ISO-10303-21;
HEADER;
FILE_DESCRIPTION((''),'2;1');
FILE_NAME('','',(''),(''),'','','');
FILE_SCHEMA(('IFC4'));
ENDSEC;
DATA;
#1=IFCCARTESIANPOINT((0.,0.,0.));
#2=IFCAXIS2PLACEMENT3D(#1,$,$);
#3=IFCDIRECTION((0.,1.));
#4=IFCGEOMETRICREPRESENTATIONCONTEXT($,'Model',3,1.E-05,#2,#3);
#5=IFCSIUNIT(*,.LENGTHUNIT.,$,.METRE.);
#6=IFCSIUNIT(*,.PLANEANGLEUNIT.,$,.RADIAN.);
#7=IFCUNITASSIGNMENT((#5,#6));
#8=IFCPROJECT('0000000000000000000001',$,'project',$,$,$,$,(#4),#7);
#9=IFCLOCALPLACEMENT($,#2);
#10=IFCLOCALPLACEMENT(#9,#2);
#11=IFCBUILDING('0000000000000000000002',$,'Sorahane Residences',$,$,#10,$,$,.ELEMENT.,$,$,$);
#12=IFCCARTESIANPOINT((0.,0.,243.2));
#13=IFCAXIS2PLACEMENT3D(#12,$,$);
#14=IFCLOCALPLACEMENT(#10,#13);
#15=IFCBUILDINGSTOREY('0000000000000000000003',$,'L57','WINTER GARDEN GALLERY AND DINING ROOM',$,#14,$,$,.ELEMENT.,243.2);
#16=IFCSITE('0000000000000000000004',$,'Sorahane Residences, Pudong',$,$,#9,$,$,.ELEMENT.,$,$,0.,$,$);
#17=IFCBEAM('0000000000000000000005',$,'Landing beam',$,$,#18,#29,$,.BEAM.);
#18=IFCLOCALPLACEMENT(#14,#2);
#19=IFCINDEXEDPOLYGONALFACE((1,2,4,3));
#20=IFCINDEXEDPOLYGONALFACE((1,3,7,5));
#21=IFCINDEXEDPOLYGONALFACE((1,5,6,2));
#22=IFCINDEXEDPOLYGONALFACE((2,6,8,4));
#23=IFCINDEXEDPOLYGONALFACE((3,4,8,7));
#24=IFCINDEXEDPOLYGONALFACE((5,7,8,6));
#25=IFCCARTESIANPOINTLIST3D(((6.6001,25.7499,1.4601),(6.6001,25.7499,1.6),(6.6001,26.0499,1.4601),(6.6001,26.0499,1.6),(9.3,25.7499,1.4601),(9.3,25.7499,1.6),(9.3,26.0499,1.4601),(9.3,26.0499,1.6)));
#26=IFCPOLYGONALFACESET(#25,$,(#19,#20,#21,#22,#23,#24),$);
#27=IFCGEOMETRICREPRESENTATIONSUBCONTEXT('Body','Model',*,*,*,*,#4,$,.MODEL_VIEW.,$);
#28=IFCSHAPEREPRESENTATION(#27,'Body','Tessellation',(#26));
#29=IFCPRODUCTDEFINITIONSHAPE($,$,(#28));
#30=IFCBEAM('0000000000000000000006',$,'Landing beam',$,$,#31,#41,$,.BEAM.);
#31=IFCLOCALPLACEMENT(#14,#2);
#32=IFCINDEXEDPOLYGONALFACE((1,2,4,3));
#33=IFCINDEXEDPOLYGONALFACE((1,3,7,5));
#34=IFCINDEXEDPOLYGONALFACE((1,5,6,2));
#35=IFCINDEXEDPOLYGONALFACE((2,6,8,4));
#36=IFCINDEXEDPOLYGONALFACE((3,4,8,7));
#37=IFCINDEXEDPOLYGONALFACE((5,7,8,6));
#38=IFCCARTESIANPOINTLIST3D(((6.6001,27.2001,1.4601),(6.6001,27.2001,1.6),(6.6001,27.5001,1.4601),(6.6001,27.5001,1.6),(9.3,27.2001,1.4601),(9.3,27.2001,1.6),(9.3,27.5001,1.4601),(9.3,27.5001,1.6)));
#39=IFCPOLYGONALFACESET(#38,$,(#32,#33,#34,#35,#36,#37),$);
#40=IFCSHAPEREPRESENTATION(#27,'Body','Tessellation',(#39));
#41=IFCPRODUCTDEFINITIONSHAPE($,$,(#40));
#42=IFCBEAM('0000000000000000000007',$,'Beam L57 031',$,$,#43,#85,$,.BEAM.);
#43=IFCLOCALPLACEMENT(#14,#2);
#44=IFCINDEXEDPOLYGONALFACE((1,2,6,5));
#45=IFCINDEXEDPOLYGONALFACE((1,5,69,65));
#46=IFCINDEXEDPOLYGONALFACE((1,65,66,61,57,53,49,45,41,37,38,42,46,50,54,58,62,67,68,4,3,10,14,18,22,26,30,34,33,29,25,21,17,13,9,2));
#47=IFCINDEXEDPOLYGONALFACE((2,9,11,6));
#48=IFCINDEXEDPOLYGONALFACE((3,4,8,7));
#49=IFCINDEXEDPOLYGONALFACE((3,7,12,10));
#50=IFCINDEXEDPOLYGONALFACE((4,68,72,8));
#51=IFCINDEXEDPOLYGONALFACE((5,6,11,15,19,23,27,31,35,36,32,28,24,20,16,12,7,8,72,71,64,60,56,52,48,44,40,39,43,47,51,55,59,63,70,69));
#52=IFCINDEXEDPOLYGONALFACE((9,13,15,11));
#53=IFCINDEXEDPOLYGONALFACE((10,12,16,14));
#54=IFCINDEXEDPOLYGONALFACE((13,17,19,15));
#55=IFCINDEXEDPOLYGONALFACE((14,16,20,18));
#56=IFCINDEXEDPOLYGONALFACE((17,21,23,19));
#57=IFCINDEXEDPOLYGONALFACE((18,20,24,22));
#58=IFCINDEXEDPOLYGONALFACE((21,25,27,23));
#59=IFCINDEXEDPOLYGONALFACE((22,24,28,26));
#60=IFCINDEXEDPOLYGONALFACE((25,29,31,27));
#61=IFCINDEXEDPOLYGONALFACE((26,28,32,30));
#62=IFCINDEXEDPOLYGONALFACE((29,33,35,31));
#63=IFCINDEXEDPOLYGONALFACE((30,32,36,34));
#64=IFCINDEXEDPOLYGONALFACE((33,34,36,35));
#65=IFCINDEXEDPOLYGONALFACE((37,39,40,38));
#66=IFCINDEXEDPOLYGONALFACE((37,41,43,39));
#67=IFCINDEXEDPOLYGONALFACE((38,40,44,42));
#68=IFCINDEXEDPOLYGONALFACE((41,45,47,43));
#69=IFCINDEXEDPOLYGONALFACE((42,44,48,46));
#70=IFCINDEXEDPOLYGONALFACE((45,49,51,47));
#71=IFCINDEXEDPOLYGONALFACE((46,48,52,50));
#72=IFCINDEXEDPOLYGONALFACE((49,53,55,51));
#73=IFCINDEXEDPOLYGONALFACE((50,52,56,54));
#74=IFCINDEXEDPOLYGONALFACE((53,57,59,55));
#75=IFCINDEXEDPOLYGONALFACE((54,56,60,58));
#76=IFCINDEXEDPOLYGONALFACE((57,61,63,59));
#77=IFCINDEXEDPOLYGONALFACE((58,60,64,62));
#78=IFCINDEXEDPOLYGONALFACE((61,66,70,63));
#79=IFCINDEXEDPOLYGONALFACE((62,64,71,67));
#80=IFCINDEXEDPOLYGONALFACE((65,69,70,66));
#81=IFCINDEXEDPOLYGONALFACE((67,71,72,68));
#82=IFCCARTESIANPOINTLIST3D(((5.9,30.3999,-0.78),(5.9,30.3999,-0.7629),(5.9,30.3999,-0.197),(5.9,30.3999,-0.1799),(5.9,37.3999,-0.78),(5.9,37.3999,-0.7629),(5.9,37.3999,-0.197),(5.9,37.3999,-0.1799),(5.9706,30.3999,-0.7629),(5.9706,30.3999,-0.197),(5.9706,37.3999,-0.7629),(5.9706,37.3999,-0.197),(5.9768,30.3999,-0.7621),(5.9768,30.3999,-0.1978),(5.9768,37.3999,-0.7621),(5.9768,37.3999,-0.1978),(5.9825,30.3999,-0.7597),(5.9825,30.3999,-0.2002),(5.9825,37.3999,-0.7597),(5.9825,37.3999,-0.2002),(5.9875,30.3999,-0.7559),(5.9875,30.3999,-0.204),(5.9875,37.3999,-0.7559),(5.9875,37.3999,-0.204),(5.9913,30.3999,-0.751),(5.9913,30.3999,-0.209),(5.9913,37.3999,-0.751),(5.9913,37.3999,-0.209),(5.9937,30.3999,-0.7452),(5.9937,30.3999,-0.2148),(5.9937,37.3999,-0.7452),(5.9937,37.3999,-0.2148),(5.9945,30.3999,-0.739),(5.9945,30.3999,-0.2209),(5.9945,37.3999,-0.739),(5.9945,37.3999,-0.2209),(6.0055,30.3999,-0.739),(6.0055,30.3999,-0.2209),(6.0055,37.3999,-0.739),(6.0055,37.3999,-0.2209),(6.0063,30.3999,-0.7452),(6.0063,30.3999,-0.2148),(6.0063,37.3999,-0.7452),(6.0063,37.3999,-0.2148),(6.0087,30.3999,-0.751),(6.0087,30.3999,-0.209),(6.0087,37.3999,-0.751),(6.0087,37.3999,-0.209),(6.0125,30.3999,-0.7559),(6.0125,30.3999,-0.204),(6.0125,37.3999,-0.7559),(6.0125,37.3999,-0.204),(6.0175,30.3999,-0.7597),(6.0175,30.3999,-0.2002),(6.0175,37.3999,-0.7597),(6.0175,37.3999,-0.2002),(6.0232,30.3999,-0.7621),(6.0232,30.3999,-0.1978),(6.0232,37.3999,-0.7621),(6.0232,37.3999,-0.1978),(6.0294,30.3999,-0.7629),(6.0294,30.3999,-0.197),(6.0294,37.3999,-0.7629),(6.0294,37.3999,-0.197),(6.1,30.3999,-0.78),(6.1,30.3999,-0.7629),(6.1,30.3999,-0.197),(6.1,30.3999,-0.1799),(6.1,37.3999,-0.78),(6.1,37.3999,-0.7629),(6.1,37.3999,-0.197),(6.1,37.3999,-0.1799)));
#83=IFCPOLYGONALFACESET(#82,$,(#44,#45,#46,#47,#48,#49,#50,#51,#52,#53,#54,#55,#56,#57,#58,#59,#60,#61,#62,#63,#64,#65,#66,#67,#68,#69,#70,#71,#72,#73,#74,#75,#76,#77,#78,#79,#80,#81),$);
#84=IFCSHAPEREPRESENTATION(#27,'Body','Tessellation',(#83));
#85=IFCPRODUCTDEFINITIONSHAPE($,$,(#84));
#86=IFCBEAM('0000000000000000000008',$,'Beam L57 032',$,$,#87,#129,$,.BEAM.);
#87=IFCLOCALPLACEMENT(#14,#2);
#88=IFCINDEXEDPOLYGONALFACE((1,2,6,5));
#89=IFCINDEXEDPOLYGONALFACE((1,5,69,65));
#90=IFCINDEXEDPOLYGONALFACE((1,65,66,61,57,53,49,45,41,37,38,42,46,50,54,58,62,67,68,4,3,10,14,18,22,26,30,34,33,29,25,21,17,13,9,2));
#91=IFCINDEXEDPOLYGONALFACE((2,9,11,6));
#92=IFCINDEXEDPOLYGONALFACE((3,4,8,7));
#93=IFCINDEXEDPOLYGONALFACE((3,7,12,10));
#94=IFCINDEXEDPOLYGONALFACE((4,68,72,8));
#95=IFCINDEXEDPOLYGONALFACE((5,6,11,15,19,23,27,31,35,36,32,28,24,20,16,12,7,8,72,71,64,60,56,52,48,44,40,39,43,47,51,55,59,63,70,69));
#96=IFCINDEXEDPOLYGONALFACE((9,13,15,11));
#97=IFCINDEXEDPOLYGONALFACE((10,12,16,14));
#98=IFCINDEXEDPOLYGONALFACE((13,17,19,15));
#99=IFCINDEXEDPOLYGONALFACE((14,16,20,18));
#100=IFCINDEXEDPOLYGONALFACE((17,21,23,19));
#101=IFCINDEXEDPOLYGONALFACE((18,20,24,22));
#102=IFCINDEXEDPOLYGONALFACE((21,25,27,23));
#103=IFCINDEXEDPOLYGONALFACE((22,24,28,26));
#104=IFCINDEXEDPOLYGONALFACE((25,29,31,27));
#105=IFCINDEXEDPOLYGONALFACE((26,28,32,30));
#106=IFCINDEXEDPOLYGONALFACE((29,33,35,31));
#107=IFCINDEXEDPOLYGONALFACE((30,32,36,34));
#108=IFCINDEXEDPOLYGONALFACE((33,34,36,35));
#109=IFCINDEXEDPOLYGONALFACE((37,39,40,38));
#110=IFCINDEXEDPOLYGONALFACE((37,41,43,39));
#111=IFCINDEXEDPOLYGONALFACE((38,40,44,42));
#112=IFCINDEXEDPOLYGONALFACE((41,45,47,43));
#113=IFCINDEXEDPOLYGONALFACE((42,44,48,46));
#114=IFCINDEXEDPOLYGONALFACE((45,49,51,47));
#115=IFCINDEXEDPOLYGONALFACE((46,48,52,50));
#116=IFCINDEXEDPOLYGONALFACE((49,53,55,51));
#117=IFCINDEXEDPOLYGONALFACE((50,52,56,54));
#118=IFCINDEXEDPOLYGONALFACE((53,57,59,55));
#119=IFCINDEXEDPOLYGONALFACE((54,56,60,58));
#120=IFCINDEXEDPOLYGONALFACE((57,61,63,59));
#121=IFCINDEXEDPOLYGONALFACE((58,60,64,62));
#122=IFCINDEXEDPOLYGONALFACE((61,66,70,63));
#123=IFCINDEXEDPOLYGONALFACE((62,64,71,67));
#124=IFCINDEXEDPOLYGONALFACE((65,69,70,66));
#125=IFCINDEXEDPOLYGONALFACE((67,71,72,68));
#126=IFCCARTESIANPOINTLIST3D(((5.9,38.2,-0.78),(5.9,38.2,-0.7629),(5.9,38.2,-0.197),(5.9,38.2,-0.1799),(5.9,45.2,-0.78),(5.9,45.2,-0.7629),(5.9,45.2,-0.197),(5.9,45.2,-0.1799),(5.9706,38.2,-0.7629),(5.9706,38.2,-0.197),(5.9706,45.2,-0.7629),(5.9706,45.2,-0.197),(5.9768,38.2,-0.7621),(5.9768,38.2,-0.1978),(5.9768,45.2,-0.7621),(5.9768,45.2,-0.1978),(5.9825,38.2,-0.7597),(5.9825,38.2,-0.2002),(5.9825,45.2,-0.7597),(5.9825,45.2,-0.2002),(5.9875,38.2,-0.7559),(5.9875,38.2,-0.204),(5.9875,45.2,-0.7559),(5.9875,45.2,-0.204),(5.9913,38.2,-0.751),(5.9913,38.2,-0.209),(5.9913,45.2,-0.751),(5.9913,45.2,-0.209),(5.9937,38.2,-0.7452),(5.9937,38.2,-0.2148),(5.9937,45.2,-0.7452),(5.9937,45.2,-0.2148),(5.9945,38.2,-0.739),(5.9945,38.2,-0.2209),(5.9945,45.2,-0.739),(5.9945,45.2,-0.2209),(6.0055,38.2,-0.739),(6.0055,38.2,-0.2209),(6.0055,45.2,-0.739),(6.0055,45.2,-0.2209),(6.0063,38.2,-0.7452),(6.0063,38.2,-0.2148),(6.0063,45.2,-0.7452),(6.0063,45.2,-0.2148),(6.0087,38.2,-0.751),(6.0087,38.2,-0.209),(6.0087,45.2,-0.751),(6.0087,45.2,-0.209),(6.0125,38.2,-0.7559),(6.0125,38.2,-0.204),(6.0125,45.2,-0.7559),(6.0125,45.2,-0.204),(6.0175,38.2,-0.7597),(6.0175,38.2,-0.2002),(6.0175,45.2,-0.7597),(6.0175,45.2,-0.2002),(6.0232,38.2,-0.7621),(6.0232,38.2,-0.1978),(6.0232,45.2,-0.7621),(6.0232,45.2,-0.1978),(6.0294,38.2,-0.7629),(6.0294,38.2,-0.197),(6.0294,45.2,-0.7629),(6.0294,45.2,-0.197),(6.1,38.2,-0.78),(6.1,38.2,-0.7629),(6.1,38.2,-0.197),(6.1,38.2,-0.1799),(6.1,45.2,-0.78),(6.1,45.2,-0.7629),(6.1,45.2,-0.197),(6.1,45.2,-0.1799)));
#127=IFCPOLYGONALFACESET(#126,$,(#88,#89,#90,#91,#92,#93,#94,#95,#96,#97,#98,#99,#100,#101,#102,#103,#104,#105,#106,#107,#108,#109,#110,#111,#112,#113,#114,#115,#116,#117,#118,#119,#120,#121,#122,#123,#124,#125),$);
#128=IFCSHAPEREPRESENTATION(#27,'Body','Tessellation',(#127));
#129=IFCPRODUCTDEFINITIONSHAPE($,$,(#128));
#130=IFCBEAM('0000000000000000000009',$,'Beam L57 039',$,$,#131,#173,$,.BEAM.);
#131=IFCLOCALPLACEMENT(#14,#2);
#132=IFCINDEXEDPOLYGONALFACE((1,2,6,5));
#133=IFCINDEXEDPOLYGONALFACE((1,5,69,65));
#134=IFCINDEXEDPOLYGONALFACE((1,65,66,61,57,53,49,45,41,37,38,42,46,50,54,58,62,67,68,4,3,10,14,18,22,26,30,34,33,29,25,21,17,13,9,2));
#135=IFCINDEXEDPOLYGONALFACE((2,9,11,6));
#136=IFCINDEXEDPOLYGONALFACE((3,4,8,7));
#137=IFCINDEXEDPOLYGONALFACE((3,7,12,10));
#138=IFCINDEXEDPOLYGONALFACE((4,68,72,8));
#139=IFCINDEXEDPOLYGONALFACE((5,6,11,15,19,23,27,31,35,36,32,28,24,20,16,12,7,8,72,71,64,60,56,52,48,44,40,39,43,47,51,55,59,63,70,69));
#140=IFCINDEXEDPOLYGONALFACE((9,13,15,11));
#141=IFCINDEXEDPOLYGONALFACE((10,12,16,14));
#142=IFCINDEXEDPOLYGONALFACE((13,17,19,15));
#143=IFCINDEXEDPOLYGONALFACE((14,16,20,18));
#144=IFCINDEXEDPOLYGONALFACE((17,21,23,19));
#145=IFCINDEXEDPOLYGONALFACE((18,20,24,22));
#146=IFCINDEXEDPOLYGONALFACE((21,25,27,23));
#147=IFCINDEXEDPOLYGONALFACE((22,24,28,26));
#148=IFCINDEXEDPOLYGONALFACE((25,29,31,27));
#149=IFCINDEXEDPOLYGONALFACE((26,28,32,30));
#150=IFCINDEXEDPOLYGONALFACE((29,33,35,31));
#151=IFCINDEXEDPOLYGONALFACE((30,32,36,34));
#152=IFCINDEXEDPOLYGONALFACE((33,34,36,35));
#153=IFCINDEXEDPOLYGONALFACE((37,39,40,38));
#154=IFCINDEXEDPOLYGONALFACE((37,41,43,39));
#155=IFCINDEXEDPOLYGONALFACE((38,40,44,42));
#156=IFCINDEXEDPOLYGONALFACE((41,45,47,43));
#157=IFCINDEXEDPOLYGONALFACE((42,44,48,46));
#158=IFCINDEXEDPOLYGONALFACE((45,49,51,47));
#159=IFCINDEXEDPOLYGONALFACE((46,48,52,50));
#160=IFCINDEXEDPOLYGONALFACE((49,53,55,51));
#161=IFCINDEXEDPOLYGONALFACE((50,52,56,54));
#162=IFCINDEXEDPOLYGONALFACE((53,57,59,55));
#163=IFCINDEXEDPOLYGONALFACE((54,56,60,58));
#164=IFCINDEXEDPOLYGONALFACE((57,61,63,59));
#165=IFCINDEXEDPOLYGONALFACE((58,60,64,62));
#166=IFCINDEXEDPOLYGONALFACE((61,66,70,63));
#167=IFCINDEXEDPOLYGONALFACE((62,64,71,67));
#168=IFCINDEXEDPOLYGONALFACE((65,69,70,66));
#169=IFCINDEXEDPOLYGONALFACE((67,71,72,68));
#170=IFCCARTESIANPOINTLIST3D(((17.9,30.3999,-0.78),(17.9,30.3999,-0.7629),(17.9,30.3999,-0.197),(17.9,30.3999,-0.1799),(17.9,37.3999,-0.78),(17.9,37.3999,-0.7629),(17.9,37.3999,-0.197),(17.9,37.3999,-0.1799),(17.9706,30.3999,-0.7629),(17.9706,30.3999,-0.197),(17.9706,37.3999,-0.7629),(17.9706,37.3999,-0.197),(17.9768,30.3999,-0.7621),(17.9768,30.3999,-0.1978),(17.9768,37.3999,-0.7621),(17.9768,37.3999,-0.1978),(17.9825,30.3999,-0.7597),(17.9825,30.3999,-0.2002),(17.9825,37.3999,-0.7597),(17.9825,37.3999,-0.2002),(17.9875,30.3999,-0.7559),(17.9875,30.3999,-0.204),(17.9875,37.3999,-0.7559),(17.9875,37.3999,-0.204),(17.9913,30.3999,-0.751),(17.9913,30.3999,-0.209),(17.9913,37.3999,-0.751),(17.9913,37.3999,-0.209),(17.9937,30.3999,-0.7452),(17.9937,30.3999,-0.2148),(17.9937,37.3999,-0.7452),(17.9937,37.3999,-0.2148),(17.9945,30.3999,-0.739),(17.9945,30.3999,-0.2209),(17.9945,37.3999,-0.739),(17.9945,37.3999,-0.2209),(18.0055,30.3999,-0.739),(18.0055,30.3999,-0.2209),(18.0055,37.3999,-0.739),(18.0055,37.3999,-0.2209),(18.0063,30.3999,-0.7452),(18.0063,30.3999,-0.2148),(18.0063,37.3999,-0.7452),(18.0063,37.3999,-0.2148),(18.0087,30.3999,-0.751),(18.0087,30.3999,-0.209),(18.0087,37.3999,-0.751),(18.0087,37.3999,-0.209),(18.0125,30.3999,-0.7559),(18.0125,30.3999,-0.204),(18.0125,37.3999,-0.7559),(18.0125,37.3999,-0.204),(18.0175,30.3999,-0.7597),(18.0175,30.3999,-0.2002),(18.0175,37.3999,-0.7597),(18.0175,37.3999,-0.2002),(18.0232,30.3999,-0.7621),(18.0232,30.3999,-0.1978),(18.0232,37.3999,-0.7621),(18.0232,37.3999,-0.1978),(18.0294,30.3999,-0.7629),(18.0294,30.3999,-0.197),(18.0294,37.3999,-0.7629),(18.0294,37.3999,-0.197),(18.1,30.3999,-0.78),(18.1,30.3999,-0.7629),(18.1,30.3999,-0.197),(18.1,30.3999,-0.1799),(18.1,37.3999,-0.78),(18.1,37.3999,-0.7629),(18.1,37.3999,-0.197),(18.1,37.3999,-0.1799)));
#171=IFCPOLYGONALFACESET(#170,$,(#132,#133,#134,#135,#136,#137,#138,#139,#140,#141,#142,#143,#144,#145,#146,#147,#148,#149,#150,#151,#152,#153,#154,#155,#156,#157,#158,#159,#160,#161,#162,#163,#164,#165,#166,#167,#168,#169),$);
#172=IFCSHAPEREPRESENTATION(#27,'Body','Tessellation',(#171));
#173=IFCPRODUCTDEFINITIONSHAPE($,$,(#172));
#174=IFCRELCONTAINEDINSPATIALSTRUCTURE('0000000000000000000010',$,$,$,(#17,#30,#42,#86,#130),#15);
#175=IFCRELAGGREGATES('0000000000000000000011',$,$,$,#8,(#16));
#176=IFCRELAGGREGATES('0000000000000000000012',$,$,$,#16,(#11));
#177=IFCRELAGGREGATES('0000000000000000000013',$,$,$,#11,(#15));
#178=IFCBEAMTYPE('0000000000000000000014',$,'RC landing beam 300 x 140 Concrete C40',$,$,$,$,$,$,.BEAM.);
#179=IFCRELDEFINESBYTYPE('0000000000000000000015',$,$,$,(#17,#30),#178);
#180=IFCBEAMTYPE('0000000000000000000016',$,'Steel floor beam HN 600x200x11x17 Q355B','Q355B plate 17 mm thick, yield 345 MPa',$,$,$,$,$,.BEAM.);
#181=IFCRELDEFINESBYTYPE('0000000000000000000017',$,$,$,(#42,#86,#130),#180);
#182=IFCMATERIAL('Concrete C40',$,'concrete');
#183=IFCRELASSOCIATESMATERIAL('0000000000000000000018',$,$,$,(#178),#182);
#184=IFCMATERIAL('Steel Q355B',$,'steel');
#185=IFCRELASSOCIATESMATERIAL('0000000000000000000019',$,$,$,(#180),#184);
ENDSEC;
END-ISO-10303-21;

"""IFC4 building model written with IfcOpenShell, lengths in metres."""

from ifc_helpers import new_model, si_unit, direction, frame, origin, origin_2d, place, context, subcontext, project, spatial, rectangle, i_section, extrude, material, material_profile, profile_set, type_object, element, save


model = new_model("IFC4")

# Units and contexts
model_context = context("Model", 3, precision=1e-05, world=origin(), true_north=direction((0.0, 1.0)))
body_context = subcontext(model_context, "Body", "Model", "MODEL_VIEW")
ifc_project = project(units=[si_unit("LENGTHUNIT", "METRE"), si_unit("PLANEANGLEUNIT", "RADIAN")], contexts=[model_context])

# Site, building, storey
site_placement = place(None, origin())
site = spatial("IfcSite", under=ifc_project, at=site_placement, Name="Sorahane Residences, Pudong", CompositionType="ELEMENT", RefElevation=0.0)
building_placement = place(site_placement, origin())
building = spatial("IfcBuilding", under=site, at=building_placement, Name="Sorahane Residences", CompositionType="ELEMENT")
storey_placement = place(building_placement, frame((0.0, 0.0, 243.2)))
storey = spatial("IfcBuildingStorey", under=building, at=storey_placement, Name="L57", Description="WINTER GARDEN GALLERY AND DINING ROOM", CompositionType="ELEMENT", Elevation=243.2)

# Beams
ifc_material_1 = material(Name="Concrete C40", Category="concrete")
ifc_material_profile_1 = material_profile(ifc_material_1, rectangle(XDim=0.3, YDim=0.1399, at=origin_2d()), Name="300x140")
ifc_profile_set_1 = profile_set([ifc_material_profile_1], Name="Concrete C40")
beam_type_1 = type_object("IfcBeamType", Name="RC landing beam 300 x 140 Concrete C40", PredefinedType="BEAM", material=ifc_profile_set_1)
for number, where, z_axis, x_axis, name in (
    (1, (6.6001, 25.8999, 1.53), (1.0, 0.0, 0.0), (0.0, 1.0, 0.0), "Landing beam"),
    (2, (6.6001, 27.3501, 1.53), (1.0, 0.0, 0.0), (0.0, 1.0, 0.0), "Landing beam"),
):
    element("IfcBeam", number, at=place(storey_placement, frame(where, z_axis=z_axis, x_axis=x_axis)), inside=storey, type_object=beam_type_1, Name=name, PredefinedType="BEAM", context=body_context, shape_type="SweptSolid", body=[
        extrude(rectangle(XDim=0.3, YDim=0.1399, at=origin_2d()), origin(), (0.0, 0.0, 1.0), 2.7),
    ])
ifc_material_2 = material(Name="Steel Q355B", Category="steel")
ifc_material_profile_2 = material_profile(ifc_material_2, i_section(OverallWidth=0.2, OverallDepth=0.6001, WebThickness=0.011, FlangeThickness=0.0171, FilletRadius=0.0239, at=origin_2d()), Name="HN 600x200x11x17")
ifc_profile_set_2 = profile_set([ifc_material_profile_2], Name="Steel Q355B")
beam_type_2 = type_object("IfcBeamType", Name="Steel floor beam HN 600x200x11x17 Q355B", Description="Q355B plate 17 mm thick, yield 345 MPa", PredefinedType="BEAM", material=ifc_profile_set_2)
for number, where, z_axis, x_axis, name in (
    (3, (6.0, 30.3999, -0.48), (0.0, 1.0, 0.0), (-1.0, 0.0, 0.0), "Beam L57 031"),
    (4, (6.0, 38.2, -0.48), (0.0, 1.0, 0.0), (-1.0, 0.0, 0.0), "Beam L57 032"),
    (5, (18.0, 30.3999, -0.48), (0.0, 1.0, 0.0), (-1.0, 0.0, 0.0), "Beam L57 039"),
):
    element("IfcBeam", number, at=place(storey_placement, frame(where, z_axis=z_axis, x_axis=x_axis)), inside=storey, type_object=beam_type_2, Name=name, PredefinedType="BEAM", context=body_context, shape_type="SweptSolid", body=[
        extrude(i_section(OverallWidth=0.2, OverallDepth=0.6001, WebThickness=0.011, FlangeThickness=0.0171, FilletRadius=0.0239, at=origin_2d()), origin(), (0.0, 0.0, 1.0), 7.0),
    ])

save(model, "model.ifc")
